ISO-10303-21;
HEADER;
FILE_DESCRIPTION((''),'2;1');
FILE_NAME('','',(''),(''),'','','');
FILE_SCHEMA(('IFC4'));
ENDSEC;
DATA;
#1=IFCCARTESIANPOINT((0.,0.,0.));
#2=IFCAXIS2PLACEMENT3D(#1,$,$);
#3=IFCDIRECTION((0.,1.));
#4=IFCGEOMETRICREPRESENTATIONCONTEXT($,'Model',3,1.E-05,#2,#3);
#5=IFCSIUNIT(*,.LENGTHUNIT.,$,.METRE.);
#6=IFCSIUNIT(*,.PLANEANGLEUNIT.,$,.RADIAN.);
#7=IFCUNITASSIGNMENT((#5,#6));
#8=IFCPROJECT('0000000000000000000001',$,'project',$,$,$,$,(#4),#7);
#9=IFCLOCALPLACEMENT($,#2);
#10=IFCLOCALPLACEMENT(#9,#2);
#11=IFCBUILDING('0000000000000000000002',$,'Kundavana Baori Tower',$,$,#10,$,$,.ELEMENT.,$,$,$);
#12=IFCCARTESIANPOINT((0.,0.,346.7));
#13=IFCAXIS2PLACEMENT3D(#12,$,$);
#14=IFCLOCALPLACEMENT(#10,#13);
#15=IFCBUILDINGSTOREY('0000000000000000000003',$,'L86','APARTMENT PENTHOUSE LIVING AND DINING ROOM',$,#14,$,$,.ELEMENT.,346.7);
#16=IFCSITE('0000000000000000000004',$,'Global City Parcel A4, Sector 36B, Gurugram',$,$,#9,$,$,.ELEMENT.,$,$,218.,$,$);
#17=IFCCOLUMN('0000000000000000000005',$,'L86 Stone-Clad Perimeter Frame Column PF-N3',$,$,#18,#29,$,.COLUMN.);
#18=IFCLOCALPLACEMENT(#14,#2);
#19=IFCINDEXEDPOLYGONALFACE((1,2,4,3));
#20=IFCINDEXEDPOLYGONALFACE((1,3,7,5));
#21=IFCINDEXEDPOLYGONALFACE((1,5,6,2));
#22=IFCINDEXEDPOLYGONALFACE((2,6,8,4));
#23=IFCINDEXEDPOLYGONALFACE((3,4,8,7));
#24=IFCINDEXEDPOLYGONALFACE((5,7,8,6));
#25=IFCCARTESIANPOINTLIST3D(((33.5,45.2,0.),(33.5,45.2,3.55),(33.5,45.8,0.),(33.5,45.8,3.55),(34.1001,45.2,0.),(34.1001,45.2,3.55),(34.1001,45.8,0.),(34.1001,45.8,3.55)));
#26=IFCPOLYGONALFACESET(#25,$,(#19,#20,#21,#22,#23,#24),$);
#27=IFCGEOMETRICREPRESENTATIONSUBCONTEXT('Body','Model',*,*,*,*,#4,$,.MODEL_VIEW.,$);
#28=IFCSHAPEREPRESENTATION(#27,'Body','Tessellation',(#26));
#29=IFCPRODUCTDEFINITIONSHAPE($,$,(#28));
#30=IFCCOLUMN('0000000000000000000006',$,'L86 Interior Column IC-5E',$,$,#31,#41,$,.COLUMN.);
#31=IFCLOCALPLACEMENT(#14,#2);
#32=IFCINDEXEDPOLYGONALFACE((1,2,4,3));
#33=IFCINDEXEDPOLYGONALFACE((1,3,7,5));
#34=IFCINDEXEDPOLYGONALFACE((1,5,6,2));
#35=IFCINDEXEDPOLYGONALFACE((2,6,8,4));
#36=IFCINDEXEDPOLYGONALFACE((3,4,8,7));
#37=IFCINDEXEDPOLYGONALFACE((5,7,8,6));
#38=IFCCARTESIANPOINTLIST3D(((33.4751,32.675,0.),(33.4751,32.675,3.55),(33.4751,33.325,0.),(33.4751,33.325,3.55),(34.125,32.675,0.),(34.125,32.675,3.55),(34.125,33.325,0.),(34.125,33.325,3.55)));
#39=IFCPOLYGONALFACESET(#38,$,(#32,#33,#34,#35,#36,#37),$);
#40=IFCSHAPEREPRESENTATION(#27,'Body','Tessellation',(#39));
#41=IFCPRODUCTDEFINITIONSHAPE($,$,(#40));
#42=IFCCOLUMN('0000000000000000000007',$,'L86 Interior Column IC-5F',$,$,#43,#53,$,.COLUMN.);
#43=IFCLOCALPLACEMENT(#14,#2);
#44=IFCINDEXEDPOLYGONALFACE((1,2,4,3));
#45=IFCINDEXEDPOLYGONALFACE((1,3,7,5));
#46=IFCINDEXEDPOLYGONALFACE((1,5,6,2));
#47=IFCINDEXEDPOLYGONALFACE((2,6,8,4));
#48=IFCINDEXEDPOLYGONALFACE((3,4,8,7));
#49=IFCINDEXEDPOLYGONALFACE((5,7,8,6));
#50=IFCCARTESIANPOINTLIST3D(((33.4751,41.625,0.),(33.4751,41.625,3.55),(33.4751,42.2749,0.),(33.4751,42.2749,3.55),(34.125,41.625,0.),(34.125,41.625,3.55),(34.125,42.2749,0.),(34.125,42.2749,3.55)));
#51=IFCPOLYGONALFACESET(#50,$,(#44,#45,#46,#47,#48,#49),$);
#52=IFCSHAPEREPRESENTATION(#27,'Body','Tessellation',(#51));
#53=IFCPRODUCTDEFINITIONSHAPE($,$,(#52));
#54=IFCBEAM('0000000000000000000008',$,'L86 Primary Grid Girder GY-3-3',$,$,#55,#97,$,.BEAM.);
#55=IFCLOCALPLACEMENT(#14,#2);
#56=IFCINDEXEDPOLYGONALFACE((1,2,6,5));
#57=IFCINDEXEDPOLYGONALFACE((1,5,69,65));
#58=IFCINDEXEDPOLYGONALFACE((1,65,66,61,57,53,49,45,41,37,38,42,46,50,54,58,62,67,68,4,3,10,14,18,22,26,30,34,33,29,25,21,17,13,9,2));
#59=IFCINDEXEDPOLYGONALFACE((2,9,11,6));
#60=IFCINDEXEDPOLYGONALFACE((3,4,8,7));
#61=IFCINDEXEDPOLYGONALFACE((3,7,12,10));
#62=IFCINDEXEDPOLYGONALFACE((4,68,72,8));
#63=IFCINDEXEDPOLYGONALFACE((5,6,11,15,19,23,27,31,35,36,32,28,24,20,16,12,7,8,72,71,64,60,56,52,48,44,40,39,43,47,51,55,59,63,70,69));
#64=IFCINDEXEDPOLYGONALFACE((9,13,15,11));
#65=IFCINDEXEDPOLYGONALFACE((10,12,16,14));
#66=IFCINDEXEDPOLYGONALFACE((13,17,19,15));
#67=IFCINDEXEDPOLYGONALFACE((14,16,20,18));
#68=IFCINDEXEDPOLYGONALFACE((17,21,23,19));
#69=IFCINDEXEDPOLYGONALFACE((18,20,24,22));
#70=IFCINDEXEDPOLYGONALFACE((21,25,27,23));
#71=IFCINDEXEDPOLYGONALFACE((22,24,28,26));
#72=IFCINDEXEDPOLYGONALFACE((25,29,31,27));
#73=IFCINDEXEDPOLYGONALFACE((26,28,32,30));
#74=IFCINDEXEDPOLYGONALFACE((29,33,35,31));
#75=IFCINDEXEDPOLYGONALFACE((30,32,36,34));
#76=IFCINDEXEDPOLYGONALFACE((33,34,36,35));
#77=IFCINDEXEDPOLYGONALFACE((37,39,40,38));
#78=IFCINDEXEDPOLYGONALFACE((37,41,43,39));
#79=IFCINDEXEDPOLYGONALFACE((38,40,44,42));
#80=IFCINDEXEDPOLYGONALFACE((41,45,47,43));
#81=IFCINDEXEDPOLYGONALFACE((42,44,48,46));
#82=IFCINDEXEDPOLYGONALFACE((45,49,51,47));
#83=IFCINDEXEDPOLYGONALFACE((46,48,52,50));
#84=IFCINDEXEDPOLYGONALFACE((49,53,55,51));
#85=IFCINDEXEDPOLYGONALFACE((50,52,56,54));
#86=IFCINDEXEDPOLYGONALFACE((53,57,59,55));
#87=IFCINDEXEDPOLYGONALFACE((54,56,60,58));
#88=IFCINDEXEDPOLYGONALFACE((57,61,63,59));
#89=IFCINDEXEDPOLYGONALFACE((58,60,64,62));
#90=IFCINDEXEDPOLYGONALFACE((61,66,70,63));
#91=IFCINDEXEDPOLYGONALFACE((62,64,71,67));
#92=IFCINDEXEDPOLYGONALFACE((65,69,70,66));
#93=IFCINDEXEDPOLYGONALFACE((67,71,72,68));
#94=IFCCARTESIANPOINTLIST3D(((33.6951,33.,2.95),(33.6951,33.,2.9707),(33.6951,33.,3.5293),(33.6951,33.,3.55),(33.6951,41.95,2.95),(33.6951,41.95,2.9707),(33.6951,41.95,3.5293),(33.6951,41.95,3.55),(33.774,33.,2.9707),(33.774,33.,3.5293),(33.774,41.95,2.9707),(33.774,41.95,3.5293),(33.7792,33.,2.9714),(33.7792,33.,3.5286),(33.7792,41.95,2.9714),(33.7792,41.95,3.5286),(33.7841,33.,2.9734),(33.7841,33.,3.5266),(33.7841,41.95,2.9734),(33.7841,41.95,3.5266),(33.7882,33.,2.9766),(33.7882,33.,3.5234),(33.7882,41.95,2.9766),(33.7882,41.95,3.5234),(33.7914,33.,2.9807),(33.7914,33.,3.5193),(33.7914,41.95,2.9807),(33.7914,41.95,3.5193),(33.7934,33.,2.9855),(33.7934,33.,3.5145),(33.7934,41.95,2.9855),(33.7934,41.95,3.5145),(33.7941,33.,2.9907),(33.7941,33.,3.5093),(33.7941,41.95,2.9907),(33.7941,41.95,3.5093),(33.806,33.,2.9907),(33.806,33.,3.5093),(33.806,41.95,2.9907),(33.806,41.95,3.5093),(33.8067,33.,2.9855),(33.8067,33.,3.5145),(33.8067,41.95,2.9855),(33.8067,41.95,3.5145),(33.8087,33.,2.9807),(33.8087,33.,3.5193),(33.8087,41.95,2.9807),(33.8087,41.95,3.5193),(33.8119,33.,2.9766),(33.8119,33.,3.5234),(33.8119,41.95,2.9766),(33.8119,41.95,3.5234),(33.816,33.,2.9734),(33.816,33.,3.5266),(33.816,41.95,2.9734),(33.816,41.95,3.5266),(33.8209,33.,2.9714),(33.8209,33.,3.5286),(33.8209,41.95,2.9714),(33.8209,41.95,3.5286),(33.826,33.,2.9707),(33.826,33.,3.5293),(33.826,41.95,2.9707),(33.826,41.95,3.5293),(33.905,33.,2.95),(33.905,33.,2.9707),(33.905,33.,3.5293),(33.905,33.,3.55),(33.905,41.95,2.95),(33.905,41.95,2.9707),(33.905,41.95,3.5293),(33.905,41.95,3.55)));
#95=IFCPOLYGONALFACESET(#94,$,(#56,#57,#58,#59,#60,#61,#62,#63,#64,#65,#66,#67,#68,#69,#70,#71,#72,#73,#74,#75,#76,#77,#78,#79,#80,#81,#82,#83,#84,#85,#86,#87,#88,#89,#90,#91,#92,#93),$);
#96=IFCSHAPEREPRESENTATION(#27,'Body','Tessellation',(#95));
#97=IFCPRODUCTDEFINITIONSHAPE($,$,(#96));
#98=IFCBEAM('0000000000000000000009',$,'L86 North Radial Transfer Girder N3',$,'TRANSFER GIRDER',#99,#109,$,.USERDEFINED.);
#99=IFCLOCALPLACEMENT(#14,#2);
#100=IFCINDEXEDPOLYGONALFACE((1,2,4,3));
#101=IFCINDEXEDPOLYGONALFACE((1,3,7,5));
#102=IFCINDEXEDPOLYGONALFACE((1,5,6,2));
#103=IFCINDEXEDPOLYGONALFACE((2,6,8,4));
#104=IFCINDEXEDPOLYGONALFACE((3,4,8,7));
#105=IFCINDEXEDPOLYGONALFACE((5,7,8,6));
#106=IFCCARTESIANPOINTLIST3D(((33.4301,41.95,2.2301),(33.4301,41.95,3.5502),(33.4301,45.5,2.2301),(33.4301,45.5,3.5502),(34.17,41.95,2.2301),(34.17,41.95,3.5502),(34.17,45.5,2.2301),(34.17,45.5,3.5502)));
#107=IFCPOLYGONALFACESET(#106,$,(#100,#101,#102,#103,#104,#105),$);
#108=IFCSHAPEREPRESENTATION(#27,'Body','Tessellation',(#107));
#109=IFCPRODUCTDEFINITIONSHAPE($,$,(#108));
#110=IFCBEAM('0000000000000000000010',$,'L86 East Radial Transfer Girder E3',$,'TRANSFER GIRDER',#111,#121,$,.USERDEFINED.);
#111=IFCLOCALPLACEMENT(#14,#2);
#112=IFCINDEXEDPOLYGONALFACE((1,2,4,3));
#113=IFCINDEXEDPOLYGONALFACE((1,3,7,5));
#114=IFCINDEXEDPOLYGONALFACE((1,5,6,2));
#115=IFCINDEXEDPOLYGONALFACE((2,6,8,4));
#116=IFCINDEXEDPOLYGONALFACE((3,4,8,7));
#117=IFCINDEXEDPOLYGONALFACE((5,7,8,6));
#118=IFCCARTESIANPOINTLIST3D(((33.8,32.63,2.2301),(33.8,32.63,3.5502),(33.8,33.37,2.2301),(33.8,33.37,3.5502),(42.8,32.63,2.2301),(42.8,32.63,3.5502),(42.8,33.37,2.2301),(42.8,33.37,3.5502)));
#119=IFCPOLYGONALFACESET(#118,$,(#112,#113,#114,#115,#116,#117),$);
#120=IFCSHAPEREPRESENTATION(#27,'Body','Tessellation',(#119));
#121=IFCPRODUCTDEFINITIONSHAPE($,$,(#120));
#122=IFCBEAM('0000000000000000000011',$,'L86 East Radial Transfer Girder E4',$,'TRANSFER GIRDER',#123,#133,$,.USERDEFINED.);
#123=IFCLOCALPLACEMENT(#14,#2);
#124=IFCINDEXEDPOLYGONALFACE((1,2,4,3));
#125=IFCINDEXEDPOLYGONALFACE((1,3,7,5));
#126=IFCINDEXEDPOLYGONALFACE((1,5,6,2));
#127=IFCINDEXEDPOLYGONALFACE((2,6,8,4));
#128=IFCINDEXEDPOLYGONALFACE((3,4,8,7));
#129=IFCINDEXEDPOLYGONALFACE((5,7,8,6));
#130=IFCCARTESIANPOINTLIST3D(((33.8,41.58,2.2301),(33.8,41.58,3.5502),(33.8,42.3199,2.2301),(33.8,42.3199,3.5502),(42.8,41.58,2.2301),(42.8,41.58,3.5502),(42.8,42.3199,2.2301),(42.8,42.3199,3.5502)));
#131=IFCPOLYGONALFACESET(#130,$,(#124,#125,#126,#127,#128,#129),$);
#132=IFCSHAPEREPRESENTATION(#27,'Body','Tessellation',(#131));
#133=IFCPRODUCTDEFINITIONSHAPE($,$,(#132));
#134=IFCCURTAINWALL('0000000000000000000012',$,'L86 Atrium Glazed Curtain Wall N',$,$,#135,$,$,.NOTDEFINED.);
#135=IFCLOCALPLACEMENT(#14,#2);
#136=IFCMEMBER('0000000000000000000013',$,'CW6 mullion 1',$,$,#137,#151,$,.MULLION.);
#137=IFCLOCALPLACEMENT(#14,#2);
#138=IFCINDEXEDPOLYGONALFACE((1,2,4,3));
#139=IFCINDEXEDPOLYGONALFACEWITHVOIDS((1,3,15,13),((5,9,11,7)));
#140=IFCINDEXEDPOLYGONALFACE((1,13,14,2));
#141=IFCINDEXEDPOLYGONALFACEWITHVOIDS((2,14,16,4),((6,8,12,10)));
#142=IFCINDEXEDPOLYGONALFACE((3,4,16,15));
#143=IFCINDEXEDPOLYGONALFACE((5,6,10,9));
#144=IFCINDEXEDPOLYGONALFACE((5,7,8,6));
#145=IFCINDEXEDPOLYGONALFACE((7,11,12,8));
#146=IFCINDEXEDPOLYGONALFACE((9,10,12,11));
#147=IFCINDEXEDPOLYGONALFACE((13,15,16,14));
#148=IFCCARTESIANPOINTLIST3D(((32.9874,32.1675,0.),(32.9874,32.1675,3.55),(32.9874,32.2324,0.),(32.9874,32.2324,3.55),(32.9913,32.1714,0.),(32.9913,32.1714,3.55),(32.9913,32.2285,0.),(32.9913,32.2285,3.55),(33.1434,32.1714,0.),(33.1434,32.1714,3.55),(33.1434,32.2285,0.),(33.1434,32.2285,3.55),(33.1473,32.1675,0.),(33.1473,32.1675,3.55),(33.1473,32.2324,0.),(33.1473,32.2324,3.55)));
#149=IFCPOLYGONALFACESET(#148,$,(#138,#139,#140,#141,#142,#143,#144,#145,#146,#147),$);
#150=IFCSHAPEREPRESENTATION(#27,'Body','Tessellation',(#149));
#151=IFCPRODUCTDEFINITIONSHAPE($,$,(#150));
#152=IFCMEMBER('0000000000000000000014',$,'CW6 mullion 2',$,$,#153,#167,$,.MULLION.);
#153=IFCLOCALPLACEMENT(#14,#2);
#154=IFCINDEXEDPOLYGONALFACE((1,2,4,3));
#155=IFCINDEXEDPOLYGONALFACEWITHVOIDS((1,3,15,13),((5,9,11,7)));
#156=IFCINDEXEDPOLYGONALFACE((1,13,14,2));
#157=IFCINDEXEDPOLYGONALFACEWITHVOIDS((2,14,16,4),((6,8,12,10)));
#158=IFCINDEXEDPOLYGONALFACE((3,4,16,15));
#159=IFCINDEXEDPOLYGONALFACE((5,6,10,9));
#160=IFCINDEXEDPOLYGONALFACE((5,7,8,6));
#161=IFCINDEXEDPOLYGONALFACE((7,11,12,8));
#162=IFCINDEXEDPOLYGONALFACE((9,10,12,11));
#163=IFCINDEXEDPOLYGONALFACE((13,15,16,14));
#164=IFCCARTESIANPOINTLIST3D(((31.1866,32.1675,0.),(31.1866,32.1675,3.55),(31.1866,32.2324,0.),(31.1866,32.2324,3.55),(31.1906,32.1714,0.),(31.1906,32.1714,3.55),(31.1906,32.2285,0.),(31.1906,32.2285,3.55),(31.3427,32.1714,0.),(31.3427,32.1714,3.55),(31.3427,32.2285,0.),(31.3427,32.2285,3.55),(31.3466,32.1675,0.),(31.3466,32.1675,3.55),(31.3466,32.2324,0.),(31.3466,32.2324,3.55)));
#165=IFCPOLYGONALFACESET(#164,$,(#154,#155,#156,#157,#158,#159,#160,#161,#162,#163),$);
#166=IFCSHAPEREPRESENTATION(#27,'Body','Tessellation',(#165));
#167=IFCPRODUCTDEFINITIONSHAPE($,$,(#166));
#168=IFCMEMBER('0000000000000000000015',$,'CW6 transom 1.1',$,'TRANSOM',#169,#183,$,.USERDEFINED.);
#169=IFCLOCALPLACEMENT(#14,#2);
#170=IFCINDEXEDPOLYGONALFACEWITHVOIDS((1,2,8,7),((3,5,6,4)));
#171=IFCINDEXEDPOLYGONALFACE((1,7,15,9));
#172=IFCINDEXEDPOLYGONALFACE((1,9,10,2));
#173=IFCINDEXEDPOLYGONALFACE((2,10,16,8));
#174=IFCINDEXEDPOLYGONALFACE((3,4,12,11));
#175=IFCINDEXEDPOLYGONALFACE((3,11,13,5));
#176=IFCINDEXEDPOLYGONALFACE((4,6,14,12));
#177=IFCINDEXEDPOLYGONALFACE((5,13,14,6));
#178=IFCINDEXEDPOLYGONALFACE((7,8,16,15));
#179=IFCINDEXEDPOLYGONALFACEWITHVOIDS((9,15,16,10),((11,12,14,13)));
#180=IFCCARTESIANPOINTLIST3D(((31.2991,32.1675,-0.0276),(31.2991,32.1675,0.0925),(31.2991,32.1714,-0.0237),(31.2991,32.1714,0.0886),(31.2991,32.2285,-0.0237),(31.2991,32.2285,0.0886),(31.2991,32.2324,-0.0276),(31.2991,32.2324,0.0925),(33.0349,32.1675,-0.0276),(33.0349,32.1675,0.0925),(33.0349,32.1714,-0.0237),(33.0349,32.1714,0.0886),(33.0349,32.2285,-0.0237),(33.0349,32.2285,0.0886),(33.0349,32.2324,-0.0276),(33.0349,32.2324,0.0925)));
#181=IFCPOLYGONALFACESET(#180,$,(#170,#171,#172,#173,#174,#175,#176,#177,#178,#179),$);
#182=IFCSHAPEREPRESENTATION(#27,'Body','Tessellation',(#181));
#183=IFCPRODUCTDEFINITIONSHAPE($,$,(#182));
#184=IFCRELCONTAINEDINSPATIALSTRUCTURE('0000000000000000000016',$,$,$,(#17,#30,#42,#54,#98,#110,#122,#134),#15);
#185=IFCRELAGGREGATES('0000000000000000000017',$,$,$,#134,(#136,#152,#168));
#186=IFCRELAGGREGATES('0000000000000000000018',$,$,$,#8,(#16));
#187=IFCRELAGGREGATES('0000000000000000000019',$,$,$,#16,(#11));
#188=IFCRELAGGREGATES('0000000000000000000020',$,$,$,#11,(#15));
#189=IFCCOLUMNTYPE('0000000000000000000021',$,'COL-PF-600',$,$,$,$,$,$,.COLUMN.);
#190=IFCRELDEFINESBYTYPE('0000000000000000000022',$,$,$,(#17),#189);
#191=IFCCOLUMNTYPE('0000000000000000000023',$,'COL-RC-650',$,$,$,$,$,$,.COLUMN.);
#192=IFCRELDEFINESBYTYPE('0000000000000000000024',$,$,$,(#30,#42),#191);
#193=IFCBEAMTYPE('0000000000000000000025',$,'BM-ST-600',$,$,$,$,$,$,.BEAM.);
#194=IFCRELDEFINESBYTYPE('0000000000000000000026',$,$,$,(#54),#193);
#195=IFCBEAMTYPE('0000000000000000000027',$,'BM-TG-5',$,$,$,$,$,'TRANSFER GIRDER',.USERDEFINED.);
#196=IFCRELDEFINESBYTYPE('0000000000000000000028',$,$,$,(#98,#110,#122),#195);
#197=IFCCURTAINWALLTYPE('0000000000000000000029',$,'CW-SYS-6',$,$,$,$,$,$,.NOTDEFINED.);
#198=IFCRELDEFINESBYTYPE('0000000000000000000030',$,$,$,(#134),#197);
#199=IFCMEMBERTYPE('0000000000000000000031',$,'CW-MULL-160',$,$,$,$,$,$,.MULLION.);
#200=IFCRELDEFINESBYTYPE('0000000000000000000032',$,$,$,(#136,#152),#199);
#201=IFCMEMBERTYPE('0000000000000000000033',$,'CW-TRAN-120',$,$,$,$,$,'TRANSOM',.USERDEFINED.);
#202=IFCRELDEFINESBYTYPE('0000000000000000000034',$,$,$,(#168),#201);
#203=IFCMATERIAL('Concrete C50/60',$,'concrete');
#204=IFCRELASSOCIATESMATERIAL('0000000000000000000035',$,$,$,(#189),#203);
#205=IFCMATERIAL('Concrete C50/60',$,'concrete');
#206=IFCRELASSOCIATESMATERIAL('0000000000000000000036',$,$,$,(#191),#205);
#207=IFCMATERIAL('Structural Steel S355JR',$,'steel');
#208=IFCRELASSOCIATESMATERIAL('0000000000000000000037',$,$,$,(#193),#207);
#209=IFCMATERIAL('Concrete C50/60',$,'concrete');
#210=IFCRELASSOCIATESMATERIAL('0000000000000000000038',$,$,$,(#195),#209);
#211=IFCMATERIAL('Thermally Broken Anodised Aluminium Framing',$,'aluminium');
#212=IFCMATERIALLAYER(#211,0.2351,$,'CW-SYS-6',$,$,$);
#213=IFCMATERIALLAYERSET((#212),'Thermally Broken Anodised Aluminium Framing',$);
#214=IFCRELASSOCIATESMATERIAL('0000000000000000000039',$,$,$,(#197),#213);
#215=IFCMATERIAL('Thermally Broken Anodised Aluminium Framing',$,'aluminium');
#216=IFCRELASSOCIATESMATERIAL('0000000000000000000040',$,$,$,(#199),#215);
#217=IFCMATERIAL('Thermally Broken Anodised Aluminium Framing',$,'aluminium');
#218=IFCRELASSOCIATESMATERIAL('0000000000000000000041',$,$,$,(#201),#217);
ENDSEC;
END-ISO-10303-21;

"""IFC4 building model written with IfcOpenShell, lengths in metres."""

from ifc_helpers import new_model, si_unit, direction, frame, origin, origin_2d, place, context, subcontext, project, spatial, rectangle, hollow_rectangle, i_section, extrude, material, layer, layer_set, material_profile, profile_set, type_object, element, aggregate, save


model = new_model("IFC4")

# Units and contexts
model_context = context("Model", 3, precision=1e-05, world=origin(), true_north=direction((0.0, 1.0)))
body_context = subcontext(model_context, "Body", "Model", "MODEL_VIEW")
ifc_project = project(units=[si_unit("LENGTHUNIT", "METRE"), si_unit("PLANEANGLEUNIT", "RADIAN")], contexts=[model_context])

# Site, building, storey
site_placement = place(None, origin())
site = spatial("IfcSite", under=ifc_project, at=site_placement, Name="Global City Parcel A4, Sector 36B, Gurugram", CompositionType="ELEMENT", RefElevation=218.0)
building_placement = place(site_placement, origin())
building = spatial("IfcBuilding", under=site, at=building_placement, Name="Kundavana Baori Tower", CompositionType="ELEMENT")
storey_placement = place(building_placement, frame((0.0, 0.0, 346.7)))
storey = spatial("IfcBuildingStorey", under=building, at=storey_placement, Name="L86", Description="APARTMENT PENTHOUSE LIVING AND DINING ROOM", CompositionType="ELEMENT", Elevation=346.7)

# Columns
ifc_material_1 = material(Name="Concrete C50/60", Category="concrete")
ifc_material_profile_1 = material_profile(ifc_material_1, rectangle(XDim=0.6001, YDim=0.6001, at=origin_2d()), Name="RC PF 600x600")
ifc_profile_set_1 = profile_set([ifc_material_profile_1], Name="Concrete C50/60")
column_type_1 = type_object("IfcColumnType", Name="COL-PF-600", PredefinedType="COLUMN", material=ifc_profile_set_1)
column_placement = place(storey_placement, frame((33.8, 45.5, 0.0), z_axis=(0.0, 0.0, 1.0), x_axis=(1.0, 0.0, 0.0)))
element("IfcColumn", 1, at=column_placement, inside=storey, type_object=column_type_1, Name="L86 Stone-Clad Perimeter Frame Column PF-N3", PredefinedType="COLUMN", context=body_context, shape_type="SweptSolid", body=[
    extrude(rectangle(XDim=0.6001, YDim=0.6001, at=origin_2d()), origin(), (0.0, 0.0, 1.0), 3.55),
])
ifc_material_2 = material(Name="Concrete C50/60", Category="concrete")
ifc_material_profile_2 = material_profile(ifc_material_2, rectangle(XDim=0.6499, YDim=0.6499, at=origin_2d()), Name="RC 650x650")
ifc_profile_set_2 = profile_set([ifc_material_profile_2], Name="Concrete C50/60")
column_type_2 = type_object("IfcColumnType", Name="COL-RC-650", PredefinedType="COLUMN", material=ifc_profile_set_2)
for number, where, z_axis, x_axis, name in (
    (2, (33.8, 33.0, 0.0), (0.0, 0.0, 1.0), (1.0, 0.0, 0.0), "L86 Interior Column IC-5E"),
    (3, (33.8, 41.95, 0.0), (0.0, 0.0, 1.0), (1.0, 0.0, 0.0), "L86 Interior Column IC-5F"),
):
    element("IfcColumn", number, at=place(storey_placement, frame(where, z_axis=z_axis, x_axis=x_axis)), inside=storey, type_object=column_type_2, Name=name, PredefinedType="COLUMN", context=body_context, shape_type="SweptSolid", body=[
        extrude(rectangle(XDim=0.6499, YDim=0.6499, at=origin_2d()), origin(), (0.0, 0.0, 1.0), 3.55),
    ])

# Beams
ifc_material_3 = material(Name="Structural Steel S355JR", Category="steel")
ifc_material_profile_3 = material_profile(ifc_material_3, i_section(OverallWidth=0.21, OverallDepth=0.6001, WebThickness=0.012, FlangeThickness=0.0208, FilletRadius=0.02, at=origin_2d()), Name="ISMB 600")
ifc_profile_set_3 = profile_set([ifc_material_profile_3], Name="Structural Steel S355JR")
beam_type_1 = type_object("IfcBeamType", Name="BM-ST-600", PredefinedType="BEAM", material=ifc_profile_set_3)
beam_1_placement = place(storey_placement, frame((33.8, 33.0, 3.25), z_axis=(0.0, 1.0, 0.0), x_axis=(-1.0, 0.0, 0.0)))
element("IfcBeam", 4, at=beam_1_placement, inside=storey, type_object=beam_type_1, Name="L86 Primary Grid Girder GY-3-3", PredefinedType="BEAM", context=body_context, shape_type="SweptSolid", body=[
    extrude(i_section(OverallWidth=0.21, OverallDepth=0.6001, WebThickness=0.012, FlangeThickness=0.0208, FilletRadius=0.02, at=origin_2d()), origin(), (0.0, 0.0, 1.0), 8.95),
])
ifc_material_4 = material(Name="Concrete C50/60", Category="concrete")
ifc_material_profile_4 = material_profile(ifc_material_4, rectangle(XDim=0.74, YDim=1.3201, at=origin_2d()), Name="BM-TG-5")
ifc_profile_set_4 = profile_set([ifc_material_profile_4], Name="Concrete C50/60")
beam_type_2 = type_object("IfcBeamType", Name="BM-TG-5", ElementType="TRANSFER GIRDER", PredefinedType="USERDEFINED", material=ifc_profile_set_4)
beam_2_placement = place(storey_placement, frame((33.8, 41.95, 2.8901), z_axis=(0.0, 1.0, 0.0), x_axis=(-1.0, 0.0, 0.0)))
element("IfcBeam", 5, at=beam_2_placement, inside=storey, type_object=beam_type_2, Name="L86 North Radial Transfer Girder N3", ObjectType="TRANSFER GIRDER", PredefinedType="USERDEFINED", context=body_context, shape_type="SweptSolid", body=[
    extrude(rectangle(XDim=0.74, YDim=1.3201, at=origin_2d()), origin(), (0.0, 0.0, 1.0), 3.55),
])
for number, where, z_axis, x_axis, name in (
    (6, (33.8, 33.0, 2.8901), (1.0, 0.0, 0.0), (0.0, 1.0, 0.0), "L86 East Radial Transfer Girder E3"),
    (7, (33.8, 41.95, 2.8901), (1.0, 0.0, 0.0), (0.0, 1.0, 0.0), "L86 East Radial Transfer Girder E4"),
):
    element("IfcBeam", number, at=place(storey_placement, frame(where, z_axis=z_axis, x_axis=x_axis)), inside=storey, type_object=beam_type_2, Name=name, ObjectType="TRANSFER GIRDER", PredefinedType="USERDEFINED", context=body_context, shape_type="SweptSolid", body=[
        extrude(rectangle(XDim=0.74, YDim=1.3201, at=origin_2d()), origin(), (0.0, 0.0, 1.0), 9.0),
    ])

# Curtain wall, members
ifc_material_5 = material(Name="Thermally Broken Anodised Aluminium Framing", Category="aluminium")
ifc_layer_1 = layer(ifc_material_5, 0.2351, Name="CW-SYS-6")
ifc_layer_set_1 = layer_set([ifc_layer_1], Name="Thermally Broken Anodised Aluminium Framing")
curtain_wall_type = type_object("IfcCurtainWallType", Name="CW-SYS-6", PredefinedType="NOTDEFINED", material=ifc_layer_set_1)
curtain_wall_placement = place(storey_placement, origin())
curtain_wall = element("IfcCurtainWall", 8, at=curtain_wall_placement, inside=storey, type_object=curtain_wall_type, Name="L86 Atrium Glazed Curtain Wall N", PredefinedType="NOTDEFINED")
ifc_material_6 = material(Name="Thermally Broken Anodised Aluminium Framing", Category="aluminium")
ifc_material_profile_5 = material_profile(ifc_material_6, hollow_rectangle(XDim=0.0649, YDim=0.1599, WallThickness=0.0039, at=origin_2d()), Name="CW-MULL-160")
ifc_profile_set_5 = profile_set([ifc_material_profile_5], Name="Thermally Broken Anodised Aluminium Framing")
member_type_1 = type_object("IfcMemberType", Name="CW-MULL-160", PredefinedType="MULLION", material=ifc_profile_set_5)
member_1_placement = place(storey_placement, frame((33.0674, 32.2, 0.0), z_axis=(0.0, 0.0, 1.0), x_axis=(0.0, -1.0, 0.0)))
member_1 = element("IfcMember", 9, at=member_1_placement, type_object=member_type_1, Name="CW6 mullion 1", PredefinedType="MULLION", context=body_context, shape_type="SweptSolid", body=[
    extrude(hollow_rectangle(XDim=0.0649, YDim=0.1599, WallThickness=0.0039, at=origin_2d()), origin(), (0.0, 0.0, 1.0), 3.55),
])
member_2_placement = place(storey_placement, frame((31.2666, 32.2, 0.0), z_axis=(0.0, 0.0, 1.0), x_axis=(0.0, -1.0, 0.0)))
member_2 = element("IfcMember", 10, at=member_2_placement, type_object=member_type_1, Name="CW6 mullion 2", PredefinedType="MULLION", context=body_context, shape_type="SweptSolid", body=[
    extrude(hollow_rectangle(XDim=0.0649, YDim=0.1599, WallThickness=0.0039, at=origin_2d()), origin(), (0.0, 0.0, 1.0), 3.55),
])
ifc_material_7 = material(Name="Thermally Broken Anodised Aluminium Framing", Category="aluminium")
ifc_material_profile_6 = material_profile(ifc_material_7, hollow_rectangle(XDim=0.0649, YDim=0.1201, WallThickness=0.0039, at=origin_2d()), Name="CW-TRAN-120")
ifc_profile_set_6 = profile_set([ifc_material_profile_6], Name="Thermally Broken Anodised Aluminium Framing")
member_type_2 = type_object("IfcMemberType", Name="CW-TRAN-120", ElementType="TRANSOM", PredefinedType="USERDEFINED", material=ifc_profile_set_6)
member_3_placement = place(storey_placement, frame((33.0349, 32.2, 0.0325), z_axis=(-1.0, 0.0, 0.0), x_axis=(0.0, -1.0, 0.0)))
member_3 = element("IfcMember", 11, at=member_3_placement, type_object=member_type_2, Name="CW6 transom 1.1", ObjectType="TRANSOM", PredefinedType="USERDEFINED", context=body_context, shape_type="SweptSolid", body=[
    extrude(hollow_rectangle(XDim=0.0649, YDim=0.1201, WallThickness=0.0039, at=origin_2d()), origin(), (0.0, 0.0, 1.0), 1.7358),
])
aggregate(curtain_wall, [member_1, member_2, member_3])

save(model, "model.ifc")
